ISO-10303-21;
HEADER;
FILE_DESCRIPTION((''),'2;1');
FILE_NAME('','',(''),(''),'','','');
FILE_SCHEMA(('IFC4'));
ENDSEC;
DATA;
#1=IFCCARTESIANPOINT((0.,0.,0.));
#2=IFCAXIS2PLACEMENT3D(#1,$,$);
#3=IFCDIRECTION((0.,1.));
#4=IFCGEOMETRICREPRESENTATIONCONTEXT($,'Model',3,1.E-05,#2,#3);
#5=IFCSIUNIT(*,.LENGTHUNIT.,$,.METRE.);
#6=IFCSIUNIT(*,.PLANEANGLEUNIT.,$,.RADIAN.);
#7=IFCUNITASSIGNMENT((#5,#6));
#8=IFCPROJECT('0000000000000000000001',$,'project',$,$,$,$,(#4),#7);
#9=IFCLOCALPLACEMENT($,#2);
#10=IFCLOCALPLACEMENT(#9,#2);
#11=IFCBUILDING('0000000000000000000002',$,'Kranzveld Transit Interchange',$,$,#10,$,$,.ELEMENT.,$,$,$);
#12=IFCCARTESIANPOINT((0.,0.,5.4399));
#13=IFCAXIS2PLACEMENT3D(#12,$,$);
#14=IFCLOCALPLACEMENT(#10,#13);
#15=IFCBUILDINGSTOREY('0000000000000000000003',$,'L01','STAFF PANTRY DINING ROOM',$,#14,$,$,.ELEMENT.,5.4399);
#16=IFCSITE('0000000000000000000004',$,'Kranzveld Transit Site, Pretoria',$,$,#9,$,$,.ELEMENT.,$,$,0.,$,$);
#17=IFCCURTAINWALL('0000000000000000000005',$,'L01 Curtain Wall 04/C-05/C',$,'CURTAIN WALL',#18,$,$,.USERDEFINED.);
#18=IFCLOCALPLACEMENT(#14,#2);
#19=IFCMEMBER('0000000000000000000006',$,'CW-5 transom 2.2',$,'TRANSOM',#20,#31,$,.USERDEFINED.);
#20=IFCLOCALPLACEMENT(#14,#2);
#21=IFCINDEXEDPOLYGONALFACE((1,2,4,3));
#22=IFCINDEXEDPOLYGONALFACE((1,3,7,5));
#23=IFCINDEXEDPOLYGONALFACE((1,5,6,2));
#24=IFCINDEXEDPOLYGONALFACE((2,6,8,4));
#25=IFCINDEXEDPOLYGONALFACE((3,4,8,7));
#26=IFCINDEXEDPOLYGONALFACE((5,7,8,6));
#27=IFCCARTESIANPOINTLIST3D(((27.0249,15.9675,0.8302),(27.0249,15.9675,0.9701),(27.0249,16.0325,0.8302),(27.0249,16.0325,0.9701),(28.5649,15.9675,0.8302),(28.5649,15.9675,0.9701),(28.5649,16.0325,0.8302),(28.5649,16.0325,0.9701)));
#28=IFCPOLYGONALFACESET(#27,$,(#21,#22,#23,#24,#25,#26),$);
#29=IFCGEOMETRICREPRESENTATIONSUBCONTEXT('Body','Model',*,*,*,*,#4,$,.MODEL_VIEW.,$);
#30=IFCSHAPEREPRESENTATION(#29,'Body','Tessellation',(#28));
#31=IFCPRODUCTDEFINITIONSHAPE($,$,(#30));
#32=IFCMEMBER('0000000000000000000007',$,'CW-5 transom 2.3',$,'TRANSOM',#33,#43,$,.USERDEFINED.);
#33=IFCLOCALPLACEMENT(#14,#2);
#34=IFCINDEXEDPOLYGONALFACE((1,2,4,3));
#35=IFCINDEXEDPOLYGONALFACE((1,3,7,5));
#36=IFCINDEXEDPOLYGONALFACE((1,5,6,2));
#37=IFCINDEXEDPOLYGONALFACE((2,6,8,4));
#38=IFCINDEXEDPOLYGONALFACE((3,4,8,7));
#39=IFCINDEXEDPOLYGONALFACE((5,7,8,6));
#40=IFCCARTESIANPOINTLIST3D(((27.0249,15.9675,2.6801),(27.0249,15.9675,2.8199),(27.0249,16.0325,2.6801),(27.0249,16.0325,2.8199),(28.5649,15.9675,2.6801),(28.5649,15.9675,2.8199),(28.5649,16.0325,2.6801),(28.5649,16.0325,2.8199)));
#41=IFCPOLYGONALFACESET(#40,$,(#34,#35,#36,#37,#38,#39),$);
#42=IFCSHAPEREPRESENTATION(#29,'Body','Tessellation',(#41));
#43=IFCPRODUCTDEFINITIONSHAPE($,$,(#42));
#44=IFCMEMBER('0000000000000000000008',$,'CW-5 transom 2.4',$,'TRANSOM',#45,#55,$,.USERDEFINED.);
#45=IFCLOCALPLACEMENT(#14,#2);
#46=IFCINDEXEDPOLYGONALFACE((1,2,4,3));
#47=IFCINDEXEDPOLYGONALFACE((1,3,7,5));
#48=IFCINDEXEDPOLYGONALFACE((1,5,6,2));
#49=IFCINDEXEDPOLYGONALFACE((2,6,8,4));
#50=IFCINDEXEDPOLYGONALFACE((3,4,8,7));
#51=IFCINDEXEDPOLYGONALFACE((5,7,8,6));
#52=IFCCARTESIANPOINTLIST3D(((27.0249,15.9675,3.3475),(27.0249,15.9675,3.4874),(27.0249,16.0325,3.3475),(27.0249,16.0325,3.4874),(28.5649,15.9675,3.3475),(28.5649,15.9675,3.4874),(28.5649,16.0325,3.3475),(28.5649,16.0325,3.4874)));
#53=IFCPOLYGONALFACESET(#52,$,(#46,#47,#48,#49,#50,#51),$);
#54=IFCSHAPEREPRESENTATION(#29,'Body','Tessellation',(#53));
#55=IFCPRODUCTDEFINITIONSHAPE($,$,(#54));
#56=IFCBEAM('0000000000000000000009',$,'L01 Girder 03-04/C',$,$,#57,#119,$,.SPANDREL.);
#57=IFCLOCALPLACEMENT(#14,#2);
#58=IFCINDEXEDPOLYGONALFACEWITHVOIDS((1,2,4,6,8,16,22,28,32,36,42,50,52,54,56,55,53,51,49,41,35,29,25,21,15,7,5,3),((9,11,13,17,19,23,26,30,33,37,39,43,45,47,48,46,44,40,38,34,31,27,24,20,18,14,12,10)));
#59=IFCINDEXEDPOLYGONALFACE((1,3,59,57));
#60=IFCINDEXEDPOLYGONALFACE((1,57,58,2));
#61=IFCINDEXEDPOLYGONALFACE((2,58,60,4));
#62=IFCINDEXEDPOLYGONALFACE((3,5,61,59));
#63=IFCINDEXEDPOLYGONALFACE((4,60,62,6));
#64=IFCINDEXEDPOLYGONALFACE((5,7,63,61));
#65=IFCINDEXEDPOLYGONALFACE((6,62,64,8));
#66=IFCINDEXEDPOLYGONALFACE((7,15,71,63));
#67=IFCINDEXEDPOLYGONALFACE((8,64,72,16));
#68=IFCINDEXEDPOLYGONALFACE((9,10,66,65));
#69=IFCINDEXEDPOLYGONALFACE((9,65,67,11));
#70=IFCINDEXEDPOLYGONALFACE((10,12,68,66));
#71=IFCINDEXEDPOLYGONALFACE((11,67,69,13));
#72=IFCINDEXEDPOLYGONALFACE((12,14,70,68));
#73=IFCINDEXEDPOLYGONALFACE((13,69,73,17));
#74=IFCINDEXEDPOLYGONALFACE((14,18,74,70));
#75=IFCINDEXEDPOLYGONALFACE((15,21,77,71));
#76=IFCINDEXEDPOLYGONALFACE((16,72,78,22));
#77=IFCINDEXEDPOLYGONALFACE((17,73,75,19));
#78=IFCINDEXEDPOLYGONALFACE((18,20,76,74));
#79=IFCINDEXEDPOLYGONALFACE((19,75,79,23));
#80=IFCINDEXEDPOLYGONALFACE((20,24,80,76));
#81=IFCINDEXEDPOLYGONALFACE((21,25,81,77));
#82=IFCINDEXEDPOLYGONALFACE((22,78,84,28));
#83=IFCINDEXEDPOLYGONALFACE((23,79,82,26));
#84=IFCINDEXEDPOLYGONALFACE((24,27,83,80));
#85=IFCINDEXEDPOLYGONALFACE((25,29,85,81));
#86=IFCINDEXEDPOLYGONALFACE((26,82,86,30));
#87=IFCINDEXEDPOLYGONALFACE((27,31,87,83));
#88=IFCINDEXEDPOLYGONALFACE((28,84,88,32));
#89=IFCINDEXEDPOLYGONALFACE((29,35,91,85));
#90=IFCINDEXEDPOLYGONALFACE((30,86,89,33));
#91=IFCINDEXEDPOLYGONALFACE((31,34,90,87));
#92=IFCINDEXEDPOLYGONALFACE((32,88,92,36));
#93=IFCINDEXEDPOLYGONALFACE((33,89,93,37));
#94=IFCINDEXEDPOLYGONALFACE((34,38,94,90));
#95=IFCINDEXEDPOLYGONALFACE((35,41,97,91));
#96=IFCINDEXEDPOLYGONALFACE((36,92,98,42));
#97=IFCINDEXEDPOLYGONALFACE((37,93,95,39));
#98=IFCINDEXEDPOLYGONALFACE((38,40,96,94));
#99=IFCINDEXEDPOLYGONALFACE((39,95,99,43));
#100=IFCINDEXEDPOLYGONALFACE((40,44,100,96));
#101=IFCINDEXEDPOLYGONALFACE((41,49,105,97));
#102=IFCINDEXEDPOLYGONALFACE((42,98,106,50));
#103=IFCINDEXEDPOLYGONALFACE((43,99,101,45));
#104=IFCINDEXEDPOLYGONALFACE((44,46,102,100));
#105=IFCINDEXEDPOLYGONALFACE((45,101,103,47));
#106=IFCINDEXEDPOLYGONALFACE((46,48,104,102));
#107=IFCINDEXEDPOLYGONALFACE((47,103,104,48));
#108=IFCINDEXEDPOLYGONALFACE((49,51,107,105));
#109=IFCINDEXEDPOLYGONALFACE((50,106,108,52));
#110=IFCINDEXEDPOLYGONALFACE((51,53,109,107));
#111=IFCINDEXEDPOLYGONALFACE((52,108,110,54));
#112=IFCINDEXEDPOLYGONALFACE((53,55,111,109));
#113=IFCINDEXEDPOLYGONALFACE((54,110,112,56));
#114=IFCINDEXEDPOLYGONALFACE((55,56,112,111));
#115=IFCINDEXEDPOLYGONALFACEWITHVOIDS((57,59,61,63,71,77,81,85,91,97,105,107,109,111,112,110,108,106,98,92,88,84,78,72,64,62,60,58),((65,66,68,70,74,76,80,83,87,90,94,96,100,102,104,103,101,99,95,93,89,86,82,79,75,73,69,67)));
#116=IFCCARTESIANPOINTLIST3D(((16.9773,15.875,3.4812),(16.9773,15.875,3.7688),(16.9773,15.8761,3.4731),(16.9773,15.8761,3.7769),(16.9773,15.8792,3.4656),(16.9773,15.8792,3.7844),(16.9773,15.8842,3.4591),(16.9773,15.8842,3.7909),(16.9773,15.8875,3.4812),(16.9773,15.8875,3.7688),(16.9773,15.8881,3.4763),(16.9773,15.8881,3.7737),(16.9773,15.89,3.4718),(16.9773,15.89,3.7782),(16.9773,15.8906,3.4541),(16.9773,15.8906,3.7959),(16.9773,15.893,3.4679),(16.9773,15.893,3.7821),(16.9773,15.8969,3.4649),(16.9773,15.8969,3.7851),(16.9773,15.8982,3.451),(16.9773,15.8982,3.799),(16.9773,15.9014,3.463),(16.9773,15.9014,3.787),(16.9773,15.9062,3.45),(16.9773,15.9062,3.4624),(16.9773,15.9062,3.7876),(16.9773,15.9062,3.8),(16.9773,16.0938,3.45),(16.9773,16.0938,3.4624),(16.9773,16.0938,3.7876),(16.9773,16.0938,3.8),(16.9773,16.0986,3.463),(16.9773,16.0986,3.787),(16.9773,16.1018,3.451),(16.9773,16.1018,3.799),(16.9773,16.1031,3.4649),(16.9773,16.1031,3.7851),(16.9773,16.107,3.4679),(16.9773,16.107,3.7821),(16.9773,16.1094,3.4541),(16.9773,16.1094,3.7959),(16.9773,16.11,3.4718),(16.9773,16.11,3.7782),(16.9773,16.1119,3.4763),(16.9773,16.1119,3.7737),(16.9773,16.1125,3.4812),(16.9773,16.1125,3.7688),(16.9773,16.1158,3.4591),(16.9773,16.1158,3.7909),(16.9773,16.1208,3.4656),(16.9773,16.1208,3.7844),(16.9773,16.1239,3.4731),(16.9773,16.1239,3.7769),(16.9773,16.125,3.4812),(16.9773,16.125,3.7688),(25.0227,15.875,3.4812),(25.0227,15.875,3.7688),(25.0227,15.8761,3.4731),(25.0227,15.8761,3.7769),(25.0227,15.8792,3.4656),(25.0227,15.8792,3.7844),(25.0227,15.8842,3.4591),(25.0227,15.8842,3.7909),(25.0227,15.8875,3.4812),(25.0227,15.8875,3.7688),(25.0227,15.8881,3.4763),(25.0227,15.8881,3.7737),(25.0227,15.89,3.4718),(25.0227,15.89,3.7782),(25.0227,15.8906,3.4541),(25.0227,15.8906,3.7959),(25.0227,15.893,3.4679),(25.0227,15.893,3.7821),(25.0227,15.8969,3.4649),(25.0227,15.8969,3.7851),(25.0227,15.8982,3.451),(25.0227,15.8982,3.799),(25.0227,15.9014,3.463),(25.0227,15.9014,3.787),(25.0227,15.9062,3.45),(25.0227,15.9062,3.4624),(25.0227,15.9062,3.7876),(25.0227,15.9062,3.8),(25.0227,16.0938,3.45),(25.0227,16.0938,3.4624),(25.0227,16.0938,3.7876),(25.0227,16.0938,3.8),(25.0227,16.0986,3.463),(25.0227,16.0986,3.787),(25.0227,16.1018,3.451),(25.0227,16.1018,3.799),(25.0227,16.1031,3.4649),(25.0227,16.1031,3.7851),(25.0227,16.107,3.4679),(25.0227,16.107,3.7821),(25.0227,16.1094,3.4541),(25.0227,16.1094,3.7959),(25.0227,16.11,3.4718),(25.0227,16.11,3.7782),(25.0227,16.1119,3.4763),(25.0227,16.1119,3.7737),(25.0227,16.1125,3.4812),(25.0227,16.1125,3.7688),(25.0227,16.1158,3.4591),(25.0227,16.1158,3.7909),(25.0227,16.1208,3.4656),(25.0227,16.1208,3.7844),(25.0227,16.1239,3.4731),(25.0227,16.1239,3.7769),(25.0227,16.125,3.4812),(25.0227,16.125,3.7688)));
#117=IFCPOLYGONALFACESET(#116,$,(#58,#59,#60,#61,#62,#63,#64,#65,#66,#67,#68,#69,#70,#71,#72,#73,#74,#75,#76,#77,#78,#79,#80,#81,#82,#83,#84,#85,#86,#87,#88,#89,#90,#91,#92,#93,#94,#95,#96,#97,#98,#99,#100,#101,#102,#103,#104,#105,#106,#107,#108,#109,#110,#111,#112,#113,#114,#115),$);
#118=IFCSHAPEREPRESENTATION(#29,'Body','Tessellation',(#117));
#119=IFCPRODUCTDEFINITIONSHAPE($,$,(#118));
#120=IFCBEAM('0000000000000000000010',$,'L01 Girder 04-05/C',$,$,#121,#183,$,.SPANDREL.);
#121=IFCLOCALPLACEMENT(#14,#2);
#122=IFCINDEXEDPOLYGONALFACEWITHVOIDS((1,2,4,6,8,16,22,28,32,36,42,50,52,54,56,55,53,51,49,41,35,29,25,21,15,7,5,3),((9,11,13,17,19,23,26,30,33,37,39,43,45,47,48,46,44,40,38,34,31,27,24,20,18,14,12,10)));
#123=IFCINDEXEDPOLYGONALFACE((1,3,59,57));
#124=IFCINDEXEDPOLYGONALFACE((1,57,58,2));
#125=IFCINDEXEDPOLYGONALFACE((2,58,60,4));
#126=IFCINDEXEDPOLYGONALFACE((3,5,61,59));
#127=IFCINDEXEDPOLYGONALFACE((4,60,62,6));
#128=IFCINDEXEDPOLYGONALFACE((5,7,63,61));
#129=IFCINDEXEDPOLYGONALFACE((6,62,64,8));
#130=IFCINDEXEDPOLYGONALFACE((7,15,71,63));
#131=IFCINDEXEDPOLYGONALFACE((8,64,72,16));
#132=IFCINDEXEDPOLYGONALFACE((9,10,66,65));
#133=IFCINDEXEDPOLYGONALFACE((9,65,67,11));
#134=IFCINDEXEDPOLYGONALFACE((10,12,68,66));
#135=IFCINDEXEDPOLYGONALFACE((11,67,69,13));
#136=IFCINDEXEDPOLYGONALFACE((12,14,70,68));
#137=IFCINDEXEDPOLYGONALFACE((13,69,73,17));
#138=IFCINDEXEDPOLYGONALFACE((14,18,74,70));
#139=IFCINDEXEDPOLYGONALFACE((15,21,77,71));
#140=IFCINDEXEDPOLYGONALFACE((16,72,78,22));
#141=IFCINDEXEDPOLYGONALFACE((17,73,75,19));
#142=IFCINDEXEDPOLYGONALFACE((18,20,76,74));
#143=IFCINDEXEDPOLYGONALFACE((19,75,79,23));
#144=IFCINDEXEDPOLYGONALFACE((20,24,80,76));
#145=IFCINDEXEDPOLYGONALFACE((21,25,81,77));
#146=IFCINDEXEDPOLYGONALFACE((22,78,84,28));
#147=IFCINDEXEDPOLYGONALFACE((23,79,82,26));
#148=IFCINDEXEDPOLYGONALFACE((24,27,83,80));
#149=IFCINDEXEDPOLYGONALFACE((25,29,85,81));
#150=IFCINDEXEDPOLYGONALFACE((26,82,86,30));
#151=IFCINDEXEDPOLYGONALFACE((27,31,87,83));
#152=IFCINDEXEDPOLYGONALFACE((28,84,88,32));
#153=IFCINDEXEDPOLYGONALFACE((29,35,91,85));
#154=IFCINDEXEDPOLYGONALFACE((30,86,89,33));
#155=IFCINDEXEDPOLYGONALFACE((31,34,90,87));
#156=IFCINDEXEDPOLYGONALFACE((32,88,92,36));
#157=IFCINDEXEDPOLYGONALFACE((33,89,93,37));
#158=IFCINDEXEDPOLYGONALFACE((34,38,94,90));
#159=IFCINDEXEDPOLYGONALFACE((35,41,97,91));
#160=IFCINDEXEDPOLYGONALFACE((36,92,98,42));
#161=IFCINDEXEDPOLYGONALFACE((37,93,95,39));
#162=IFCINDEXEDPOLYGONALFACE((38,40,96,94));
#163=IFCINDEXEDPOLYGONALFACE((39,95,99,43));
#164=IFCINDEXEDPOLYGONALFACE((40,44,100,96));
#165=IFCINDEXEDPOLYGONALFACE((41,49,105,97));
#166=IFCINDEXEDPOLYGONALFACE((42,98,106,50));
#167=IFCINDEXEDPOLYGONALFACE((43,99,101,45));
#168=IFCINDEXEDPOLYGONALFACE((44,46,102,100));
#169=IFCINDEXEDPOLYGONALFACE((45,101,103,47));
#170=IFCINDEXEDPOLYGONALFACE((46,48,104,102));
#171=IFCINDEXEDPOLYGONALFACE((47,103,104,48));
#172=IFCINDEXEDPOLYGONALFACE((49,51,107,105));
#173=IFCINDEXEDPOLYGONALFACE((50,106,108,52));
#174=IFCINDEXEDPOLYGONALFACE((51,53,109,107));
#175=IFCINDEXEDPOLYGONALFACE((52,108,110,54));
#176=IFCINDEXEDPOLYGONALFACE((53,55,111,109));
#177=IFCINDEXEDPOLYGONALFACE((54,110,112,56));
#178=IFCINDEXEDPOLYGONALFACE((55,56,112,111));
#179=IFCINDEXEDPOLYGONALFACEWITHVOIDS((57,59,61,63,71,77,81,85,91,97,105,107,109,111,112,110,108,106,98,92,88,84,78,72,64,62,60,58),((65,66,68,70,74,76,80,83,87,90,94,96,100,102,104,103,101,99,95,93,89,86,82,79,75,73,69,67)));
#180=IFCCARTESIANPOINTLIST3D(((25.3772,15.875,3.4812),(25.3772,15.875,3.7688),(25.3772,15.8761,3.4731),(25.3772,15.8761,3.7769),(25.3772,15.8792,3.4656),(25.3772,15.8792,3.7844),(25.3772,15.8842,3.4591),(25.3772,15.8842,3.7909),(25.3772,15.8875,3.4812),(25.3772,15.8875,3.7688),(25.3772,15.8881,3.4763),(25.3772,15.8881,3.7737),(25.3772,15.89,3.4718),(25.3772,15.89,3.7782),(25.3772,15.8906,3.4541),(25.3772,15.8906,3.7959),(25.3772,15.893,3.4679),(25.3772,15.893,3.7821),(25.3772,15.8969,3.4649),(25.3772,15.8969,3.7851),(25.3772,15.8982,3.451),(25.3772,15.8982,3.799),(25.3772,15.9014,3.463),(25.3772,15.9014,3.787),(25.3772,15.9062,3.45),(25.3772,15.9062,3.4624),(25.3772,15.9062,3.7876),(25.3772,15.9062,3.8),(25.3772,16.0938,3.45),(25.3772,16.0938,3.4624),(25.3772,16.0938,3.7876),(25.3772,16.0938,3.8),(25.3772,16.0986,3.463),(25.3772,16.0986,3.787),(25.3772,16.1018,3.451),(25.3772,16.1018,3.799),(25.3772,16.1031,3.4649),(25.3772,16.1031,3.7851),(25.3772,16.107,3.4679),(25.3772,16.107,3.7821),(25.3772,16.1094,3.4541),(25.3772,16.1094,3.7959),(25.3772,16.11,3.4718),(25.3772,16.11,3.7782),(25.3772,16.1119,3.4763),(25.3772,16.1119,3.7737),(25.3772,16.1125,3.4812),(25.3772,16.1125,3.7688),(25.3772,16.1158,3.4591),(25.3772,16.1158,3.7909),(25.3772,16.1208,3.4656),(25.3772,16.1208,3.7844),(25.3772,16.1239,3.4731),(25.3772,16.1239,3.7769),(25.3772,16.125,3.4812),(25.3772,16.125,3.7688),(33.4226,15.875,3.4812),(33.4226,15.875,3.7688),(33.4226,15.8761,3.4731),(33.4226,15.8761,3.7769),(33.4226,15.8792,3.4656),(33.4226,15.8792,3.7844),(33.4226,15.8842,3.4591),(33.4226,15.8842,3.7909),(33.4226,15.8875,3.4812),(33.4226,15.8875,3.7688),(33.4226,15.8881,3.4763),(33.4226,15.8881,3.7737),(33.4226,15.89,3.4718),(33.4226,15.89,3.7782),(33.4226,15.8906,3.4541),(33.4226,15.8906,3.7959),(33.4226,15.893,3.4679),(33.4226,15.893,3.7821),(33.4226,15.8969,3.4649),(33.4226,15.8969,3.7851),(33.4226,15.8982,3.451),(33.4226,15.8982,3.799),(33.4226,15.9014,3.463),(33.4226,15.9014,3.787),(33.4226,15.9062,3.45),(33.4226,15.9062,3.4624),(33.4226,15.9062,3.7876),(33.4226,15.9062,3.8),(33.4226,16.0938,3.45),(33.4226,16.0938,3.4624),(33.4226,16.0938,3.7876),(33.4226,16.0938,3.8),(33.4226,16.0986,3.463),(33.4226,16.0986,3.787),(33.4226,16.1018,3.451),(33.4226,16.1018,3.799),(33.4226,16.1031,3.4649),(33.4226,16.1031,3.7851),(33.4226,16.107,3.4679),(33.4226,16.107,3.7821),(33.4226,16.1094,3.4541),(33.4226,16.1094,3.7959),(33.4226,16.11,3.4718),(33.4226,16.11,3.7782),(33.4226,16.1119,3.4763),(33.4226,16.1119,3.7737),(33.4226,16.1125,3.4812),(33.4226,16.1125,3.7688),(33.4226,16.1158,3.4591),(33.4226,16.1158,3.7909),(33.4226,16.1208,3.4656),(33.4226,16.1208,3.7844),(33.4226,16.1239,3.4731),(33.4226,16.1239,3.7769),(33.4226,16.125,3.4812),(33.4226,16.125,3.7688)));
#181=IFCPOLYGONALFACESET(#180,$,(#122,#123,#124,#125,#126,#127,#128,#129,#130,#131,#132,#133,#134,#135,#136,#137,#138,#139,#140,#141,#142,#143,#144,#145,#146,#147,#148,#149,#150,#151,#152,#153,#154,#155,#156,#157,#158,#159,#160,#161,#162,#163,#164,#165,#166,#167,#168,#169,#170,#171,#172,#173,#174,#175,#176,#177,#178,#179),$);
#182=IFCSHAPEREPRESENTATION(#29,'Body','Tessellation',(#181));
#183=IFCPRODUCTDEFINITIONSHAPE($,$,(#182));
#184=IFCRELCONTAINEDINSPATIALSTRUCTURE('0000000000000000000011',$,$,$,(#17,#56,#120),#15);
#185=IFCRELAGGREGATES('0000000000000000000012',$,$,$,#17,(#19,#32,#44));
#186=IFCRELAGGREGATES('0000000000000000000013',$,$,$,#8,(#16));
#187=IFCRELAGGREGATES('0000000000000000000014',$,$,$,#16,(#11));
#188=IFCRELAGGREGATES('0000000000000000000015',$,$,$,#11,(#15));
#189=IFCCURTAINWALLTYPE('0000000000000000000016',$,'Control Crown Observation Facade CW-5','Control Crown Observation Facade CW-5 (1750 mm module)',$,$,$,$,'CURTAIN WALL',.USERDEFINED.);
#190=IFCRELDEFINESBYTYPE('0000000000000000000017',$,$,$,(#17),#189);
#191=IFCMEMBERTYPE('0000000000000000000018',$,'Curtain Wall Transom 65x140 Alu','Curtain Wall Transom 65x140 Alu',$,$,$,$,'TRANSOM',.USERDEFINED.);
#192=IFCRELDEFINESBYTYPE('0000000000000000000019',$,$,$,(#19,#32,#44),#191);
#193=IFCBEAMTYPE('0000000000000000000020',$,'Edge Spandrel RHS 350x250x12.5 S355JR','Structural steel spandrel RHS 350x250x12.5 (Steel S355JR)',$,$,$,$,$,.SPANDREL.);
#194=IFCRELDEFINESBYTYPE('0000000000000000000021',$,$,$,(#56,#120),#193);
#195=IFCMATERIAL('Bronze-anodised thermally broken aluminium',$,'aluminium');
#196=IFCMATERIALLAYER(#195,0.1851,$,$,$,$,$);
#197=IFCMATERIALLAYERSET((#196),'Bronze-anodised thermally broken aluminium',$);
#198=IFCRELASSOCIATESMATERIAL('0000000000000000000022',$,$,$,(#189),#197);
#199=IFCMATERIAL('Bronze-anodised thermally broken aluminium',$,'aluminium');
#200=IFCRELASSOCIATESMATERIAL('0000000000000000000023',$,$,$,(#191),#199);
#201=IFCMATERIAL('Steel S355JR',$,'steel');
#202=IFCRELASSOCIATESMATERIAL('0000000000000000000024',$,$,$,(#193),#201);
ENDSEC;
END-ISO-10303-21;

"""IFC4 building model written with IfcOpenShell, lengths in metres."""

from ifc_helpers import new_model, si_unit, direction, frame, origin, origin_2d, place, context, subcontext, project, spatial, rectangle, hollow_rectangle, extrude, material, layer, layer_set, material_profile, profile_set, type_object, element, aggregate, save


model = new_model("IFC4")

# Units and contexts
model_context = context("Model", 3, precision=1e-05, world=origin(), true_north=direction((0.0, 1.0)))
body_context = subcontext(model_context, "Body", "Model", "MODEL_VIEW")
ifc_project = project(units=[si_unit("LENGTHUNIT", "METRE"), si_unit("PLANEANGLEUNIT", "RADIAN")], contexts=[model_context])

# Site, building, storey
site_placement = place(None, origin())
site = spatial("IfcSite", under=ifc_project, at=site_placement, Name="Kranzveld Transit Site, Pretoria", CompositionType="ELEMENT", RefElevation=0.0)
building_placement = place(site_placement, origin())
building = spatial("IfcBuilding", under=site, at=building_placement, Name="Kranzveld Transit Interchange", CompositionType="ELEMENT")
storey_placement = place(building_placement, frame((0.0, 0.0, 5.4399)))
storey = spatial("IfcBuildingStorey", under=building, at=storey_placement, Name="L01", Description="STAFF PANTRY DINING ROOM", CompositionType="ELEMENT", Elevation=5.4399)

# Curtain wall, members
ifc_material_1 = material(Name="Bronze-anodised thermally broken aluminium", Category="aluminium")
ifc_layer_1 = layer(ifc_material_1, 0.1851)
ifc_layer_set_1 = layer_set([ifc_layer_1], Name="Bronze-anodised thermally broken aluminium")
curtain_wall_type = type_object("IfcCurtainWallType", Name="Control Crown Observation Facade CW-5", Description="Control Crown Observation Facade CW-5 (1750 mm module)", ElementType="CURTAIN WALL", PredefinedType="USERDEFINED", material=ifc_layer_set_1)
curtain_wall_placement = place(storey_placement, origin())
curtain_wall = element("IfcCurtainWall", 1, at=curtain_wall_placement, inside=storey, type_object=curtain_wall_type, Name="L01 Curtain Wall 04/C-05/C", ObjectType="CURTAIN WALL", PredefinedType="USERDEFINED")
ifc_material_2 = material(Name="Bronze-anodised thermally broken aluminium", Category="aluminium")
ifc_material_profile_1 = material_profile(ifc_material_2, rectangle(XDim=0.0649, YDim=0.1399, at=origin_2d()), Name="ALU TRANSOM 65x140")
ifc_profile_set_1 = profile_set([ifc_material_profile_1], Name="Bronze-anodised thermally broken aluminium")
member_type_1 = type_object("IfcMemberType", Name="Curtain Wall Transom 65x140 Alu", Description="Curtain Wall Transom 65x140 Alu", ElementType="TRANSOM", PredefinedType="USERDEFINED", material=ifc_profile_set_1)
member_1_placement = place(storey_placement, frame((27.0249, 16.0, 0.9001), z_axis=(1.0, 0.0, 0.0), x_axis=(0.0, 1.0, 0.0)))
member_1 = element("IfcMember", 2, at=member_1_placement, type_object=member_type_1, Name="CW-5 transom 2.2", ObjectType="TRANSOM", PredefinedType="USERDEFINED", context=body_context, shape_type="SweptSolid", body=[
    extrude(rectangle(XDim=0.0649, YDim=0.1399, at=origin_2d()), origin(), (0.0, 0.0, 1.0), 1.54),
])
member_2_placement = place(storey_placement, frame((27.0249, 16.0, 2.75), z_axis=(1.0, 0.0, 0.0), x_axis=(0.0, 1.0, 0.0)))
member_2 = element("IfcMember", 3, at=member_2_placement, type_object=member_type_1, Name="CW-5 transom 2.3", ObjectType="TRANSOM", PredefinedType="USERDEFINED", context=body_context, shape_type="SweptSolid", body=[
    extrude(rectangle(XDim=0.0649, YDim=0.1399, at=origin_2d()), origin(), (0.0, 0.0, 1.0), 1.54),
])
member_3_placement = place(storey_placement, frame((27.0249, 16.0, 3.4175), z_axis=(1.0, 0.0, 0.0), x_axis=(0.0, 1.0, 0.0)))
member_3 = element("IfcMember", 4, at=member_3_placement, type_object=member_type_1, Name="CW-5 transom 2.4", ObjectType="TRANSOM", PredefinedType="USERDEFINED", context=body_context, shape_type="SweptSolid", body=[
    extrude(rectangle(XDim=0.0649, YDim=0.1399, at=origin_2d()), origin(), (0.0, 0.0, 1.0), 1.54),
])

# Beams
ifc_material_3 = material(Name="Steel S355JR", Category="steel")
ifc_material_profile_2 = material_profile(ifc_material_3, hollow_rectangle(XDim=0.25, YDim=0.3501, WallThickness=0.0125, InnerFilletRadius=0.0188, OuterFilletRadius=0.0312, at=origin_2d()), Name="RHS 350x250x12.5")
ifc_profile_set_2 = profile_set([ifc_material_profile_2], Name="Steel S355JR")
beam_type_1 = type_object("IfcBeamType", Name="Edge Spandrel RHS 350x250x12.5 S355JR", Description="Structural steel spandrel RHS 350x250x12.5 (Steel S355JR)", PredefinedType="SPANDREL", material=ifc_profile_set_2)
for number, where, z_axis, x_axis, name in (
    (5, (16.9773, 16.0, 3.625), (1.0, 0.0, 0.0), (0.0, 1.0, 0.0), "L01 Girder 03-04/C"),
    (6, (25.3772, 16.0, 3.625), (1.0, 0.0, 0.0), (0.0, 1.0, 0.0), "L01 Girder 04-05/C"),
):
    element("IfcBeam", number, at=place(storey_placement, frame(where, z_axis=z_axis, x_axis=x_axis)), inside=storey, type_object=beam_type_1, Name=name, PredefinedType="SPANDREL", context=body_context, shape_type="SweptSolid", body=[
        extrude(hollow_rectangle(XDim=0.25, YDim=0.3501, WallThickness=0.0125, InnerFilletRadius=0.0188, OuterFilletRadius=0.0312, at=origin_2d()), origin(), (0.0, 0.0, 1.0), 8.0454),
    ])

aggregate(curtain_wall, [member_1, member_2, member_3])

save(model, "model.ifc")
